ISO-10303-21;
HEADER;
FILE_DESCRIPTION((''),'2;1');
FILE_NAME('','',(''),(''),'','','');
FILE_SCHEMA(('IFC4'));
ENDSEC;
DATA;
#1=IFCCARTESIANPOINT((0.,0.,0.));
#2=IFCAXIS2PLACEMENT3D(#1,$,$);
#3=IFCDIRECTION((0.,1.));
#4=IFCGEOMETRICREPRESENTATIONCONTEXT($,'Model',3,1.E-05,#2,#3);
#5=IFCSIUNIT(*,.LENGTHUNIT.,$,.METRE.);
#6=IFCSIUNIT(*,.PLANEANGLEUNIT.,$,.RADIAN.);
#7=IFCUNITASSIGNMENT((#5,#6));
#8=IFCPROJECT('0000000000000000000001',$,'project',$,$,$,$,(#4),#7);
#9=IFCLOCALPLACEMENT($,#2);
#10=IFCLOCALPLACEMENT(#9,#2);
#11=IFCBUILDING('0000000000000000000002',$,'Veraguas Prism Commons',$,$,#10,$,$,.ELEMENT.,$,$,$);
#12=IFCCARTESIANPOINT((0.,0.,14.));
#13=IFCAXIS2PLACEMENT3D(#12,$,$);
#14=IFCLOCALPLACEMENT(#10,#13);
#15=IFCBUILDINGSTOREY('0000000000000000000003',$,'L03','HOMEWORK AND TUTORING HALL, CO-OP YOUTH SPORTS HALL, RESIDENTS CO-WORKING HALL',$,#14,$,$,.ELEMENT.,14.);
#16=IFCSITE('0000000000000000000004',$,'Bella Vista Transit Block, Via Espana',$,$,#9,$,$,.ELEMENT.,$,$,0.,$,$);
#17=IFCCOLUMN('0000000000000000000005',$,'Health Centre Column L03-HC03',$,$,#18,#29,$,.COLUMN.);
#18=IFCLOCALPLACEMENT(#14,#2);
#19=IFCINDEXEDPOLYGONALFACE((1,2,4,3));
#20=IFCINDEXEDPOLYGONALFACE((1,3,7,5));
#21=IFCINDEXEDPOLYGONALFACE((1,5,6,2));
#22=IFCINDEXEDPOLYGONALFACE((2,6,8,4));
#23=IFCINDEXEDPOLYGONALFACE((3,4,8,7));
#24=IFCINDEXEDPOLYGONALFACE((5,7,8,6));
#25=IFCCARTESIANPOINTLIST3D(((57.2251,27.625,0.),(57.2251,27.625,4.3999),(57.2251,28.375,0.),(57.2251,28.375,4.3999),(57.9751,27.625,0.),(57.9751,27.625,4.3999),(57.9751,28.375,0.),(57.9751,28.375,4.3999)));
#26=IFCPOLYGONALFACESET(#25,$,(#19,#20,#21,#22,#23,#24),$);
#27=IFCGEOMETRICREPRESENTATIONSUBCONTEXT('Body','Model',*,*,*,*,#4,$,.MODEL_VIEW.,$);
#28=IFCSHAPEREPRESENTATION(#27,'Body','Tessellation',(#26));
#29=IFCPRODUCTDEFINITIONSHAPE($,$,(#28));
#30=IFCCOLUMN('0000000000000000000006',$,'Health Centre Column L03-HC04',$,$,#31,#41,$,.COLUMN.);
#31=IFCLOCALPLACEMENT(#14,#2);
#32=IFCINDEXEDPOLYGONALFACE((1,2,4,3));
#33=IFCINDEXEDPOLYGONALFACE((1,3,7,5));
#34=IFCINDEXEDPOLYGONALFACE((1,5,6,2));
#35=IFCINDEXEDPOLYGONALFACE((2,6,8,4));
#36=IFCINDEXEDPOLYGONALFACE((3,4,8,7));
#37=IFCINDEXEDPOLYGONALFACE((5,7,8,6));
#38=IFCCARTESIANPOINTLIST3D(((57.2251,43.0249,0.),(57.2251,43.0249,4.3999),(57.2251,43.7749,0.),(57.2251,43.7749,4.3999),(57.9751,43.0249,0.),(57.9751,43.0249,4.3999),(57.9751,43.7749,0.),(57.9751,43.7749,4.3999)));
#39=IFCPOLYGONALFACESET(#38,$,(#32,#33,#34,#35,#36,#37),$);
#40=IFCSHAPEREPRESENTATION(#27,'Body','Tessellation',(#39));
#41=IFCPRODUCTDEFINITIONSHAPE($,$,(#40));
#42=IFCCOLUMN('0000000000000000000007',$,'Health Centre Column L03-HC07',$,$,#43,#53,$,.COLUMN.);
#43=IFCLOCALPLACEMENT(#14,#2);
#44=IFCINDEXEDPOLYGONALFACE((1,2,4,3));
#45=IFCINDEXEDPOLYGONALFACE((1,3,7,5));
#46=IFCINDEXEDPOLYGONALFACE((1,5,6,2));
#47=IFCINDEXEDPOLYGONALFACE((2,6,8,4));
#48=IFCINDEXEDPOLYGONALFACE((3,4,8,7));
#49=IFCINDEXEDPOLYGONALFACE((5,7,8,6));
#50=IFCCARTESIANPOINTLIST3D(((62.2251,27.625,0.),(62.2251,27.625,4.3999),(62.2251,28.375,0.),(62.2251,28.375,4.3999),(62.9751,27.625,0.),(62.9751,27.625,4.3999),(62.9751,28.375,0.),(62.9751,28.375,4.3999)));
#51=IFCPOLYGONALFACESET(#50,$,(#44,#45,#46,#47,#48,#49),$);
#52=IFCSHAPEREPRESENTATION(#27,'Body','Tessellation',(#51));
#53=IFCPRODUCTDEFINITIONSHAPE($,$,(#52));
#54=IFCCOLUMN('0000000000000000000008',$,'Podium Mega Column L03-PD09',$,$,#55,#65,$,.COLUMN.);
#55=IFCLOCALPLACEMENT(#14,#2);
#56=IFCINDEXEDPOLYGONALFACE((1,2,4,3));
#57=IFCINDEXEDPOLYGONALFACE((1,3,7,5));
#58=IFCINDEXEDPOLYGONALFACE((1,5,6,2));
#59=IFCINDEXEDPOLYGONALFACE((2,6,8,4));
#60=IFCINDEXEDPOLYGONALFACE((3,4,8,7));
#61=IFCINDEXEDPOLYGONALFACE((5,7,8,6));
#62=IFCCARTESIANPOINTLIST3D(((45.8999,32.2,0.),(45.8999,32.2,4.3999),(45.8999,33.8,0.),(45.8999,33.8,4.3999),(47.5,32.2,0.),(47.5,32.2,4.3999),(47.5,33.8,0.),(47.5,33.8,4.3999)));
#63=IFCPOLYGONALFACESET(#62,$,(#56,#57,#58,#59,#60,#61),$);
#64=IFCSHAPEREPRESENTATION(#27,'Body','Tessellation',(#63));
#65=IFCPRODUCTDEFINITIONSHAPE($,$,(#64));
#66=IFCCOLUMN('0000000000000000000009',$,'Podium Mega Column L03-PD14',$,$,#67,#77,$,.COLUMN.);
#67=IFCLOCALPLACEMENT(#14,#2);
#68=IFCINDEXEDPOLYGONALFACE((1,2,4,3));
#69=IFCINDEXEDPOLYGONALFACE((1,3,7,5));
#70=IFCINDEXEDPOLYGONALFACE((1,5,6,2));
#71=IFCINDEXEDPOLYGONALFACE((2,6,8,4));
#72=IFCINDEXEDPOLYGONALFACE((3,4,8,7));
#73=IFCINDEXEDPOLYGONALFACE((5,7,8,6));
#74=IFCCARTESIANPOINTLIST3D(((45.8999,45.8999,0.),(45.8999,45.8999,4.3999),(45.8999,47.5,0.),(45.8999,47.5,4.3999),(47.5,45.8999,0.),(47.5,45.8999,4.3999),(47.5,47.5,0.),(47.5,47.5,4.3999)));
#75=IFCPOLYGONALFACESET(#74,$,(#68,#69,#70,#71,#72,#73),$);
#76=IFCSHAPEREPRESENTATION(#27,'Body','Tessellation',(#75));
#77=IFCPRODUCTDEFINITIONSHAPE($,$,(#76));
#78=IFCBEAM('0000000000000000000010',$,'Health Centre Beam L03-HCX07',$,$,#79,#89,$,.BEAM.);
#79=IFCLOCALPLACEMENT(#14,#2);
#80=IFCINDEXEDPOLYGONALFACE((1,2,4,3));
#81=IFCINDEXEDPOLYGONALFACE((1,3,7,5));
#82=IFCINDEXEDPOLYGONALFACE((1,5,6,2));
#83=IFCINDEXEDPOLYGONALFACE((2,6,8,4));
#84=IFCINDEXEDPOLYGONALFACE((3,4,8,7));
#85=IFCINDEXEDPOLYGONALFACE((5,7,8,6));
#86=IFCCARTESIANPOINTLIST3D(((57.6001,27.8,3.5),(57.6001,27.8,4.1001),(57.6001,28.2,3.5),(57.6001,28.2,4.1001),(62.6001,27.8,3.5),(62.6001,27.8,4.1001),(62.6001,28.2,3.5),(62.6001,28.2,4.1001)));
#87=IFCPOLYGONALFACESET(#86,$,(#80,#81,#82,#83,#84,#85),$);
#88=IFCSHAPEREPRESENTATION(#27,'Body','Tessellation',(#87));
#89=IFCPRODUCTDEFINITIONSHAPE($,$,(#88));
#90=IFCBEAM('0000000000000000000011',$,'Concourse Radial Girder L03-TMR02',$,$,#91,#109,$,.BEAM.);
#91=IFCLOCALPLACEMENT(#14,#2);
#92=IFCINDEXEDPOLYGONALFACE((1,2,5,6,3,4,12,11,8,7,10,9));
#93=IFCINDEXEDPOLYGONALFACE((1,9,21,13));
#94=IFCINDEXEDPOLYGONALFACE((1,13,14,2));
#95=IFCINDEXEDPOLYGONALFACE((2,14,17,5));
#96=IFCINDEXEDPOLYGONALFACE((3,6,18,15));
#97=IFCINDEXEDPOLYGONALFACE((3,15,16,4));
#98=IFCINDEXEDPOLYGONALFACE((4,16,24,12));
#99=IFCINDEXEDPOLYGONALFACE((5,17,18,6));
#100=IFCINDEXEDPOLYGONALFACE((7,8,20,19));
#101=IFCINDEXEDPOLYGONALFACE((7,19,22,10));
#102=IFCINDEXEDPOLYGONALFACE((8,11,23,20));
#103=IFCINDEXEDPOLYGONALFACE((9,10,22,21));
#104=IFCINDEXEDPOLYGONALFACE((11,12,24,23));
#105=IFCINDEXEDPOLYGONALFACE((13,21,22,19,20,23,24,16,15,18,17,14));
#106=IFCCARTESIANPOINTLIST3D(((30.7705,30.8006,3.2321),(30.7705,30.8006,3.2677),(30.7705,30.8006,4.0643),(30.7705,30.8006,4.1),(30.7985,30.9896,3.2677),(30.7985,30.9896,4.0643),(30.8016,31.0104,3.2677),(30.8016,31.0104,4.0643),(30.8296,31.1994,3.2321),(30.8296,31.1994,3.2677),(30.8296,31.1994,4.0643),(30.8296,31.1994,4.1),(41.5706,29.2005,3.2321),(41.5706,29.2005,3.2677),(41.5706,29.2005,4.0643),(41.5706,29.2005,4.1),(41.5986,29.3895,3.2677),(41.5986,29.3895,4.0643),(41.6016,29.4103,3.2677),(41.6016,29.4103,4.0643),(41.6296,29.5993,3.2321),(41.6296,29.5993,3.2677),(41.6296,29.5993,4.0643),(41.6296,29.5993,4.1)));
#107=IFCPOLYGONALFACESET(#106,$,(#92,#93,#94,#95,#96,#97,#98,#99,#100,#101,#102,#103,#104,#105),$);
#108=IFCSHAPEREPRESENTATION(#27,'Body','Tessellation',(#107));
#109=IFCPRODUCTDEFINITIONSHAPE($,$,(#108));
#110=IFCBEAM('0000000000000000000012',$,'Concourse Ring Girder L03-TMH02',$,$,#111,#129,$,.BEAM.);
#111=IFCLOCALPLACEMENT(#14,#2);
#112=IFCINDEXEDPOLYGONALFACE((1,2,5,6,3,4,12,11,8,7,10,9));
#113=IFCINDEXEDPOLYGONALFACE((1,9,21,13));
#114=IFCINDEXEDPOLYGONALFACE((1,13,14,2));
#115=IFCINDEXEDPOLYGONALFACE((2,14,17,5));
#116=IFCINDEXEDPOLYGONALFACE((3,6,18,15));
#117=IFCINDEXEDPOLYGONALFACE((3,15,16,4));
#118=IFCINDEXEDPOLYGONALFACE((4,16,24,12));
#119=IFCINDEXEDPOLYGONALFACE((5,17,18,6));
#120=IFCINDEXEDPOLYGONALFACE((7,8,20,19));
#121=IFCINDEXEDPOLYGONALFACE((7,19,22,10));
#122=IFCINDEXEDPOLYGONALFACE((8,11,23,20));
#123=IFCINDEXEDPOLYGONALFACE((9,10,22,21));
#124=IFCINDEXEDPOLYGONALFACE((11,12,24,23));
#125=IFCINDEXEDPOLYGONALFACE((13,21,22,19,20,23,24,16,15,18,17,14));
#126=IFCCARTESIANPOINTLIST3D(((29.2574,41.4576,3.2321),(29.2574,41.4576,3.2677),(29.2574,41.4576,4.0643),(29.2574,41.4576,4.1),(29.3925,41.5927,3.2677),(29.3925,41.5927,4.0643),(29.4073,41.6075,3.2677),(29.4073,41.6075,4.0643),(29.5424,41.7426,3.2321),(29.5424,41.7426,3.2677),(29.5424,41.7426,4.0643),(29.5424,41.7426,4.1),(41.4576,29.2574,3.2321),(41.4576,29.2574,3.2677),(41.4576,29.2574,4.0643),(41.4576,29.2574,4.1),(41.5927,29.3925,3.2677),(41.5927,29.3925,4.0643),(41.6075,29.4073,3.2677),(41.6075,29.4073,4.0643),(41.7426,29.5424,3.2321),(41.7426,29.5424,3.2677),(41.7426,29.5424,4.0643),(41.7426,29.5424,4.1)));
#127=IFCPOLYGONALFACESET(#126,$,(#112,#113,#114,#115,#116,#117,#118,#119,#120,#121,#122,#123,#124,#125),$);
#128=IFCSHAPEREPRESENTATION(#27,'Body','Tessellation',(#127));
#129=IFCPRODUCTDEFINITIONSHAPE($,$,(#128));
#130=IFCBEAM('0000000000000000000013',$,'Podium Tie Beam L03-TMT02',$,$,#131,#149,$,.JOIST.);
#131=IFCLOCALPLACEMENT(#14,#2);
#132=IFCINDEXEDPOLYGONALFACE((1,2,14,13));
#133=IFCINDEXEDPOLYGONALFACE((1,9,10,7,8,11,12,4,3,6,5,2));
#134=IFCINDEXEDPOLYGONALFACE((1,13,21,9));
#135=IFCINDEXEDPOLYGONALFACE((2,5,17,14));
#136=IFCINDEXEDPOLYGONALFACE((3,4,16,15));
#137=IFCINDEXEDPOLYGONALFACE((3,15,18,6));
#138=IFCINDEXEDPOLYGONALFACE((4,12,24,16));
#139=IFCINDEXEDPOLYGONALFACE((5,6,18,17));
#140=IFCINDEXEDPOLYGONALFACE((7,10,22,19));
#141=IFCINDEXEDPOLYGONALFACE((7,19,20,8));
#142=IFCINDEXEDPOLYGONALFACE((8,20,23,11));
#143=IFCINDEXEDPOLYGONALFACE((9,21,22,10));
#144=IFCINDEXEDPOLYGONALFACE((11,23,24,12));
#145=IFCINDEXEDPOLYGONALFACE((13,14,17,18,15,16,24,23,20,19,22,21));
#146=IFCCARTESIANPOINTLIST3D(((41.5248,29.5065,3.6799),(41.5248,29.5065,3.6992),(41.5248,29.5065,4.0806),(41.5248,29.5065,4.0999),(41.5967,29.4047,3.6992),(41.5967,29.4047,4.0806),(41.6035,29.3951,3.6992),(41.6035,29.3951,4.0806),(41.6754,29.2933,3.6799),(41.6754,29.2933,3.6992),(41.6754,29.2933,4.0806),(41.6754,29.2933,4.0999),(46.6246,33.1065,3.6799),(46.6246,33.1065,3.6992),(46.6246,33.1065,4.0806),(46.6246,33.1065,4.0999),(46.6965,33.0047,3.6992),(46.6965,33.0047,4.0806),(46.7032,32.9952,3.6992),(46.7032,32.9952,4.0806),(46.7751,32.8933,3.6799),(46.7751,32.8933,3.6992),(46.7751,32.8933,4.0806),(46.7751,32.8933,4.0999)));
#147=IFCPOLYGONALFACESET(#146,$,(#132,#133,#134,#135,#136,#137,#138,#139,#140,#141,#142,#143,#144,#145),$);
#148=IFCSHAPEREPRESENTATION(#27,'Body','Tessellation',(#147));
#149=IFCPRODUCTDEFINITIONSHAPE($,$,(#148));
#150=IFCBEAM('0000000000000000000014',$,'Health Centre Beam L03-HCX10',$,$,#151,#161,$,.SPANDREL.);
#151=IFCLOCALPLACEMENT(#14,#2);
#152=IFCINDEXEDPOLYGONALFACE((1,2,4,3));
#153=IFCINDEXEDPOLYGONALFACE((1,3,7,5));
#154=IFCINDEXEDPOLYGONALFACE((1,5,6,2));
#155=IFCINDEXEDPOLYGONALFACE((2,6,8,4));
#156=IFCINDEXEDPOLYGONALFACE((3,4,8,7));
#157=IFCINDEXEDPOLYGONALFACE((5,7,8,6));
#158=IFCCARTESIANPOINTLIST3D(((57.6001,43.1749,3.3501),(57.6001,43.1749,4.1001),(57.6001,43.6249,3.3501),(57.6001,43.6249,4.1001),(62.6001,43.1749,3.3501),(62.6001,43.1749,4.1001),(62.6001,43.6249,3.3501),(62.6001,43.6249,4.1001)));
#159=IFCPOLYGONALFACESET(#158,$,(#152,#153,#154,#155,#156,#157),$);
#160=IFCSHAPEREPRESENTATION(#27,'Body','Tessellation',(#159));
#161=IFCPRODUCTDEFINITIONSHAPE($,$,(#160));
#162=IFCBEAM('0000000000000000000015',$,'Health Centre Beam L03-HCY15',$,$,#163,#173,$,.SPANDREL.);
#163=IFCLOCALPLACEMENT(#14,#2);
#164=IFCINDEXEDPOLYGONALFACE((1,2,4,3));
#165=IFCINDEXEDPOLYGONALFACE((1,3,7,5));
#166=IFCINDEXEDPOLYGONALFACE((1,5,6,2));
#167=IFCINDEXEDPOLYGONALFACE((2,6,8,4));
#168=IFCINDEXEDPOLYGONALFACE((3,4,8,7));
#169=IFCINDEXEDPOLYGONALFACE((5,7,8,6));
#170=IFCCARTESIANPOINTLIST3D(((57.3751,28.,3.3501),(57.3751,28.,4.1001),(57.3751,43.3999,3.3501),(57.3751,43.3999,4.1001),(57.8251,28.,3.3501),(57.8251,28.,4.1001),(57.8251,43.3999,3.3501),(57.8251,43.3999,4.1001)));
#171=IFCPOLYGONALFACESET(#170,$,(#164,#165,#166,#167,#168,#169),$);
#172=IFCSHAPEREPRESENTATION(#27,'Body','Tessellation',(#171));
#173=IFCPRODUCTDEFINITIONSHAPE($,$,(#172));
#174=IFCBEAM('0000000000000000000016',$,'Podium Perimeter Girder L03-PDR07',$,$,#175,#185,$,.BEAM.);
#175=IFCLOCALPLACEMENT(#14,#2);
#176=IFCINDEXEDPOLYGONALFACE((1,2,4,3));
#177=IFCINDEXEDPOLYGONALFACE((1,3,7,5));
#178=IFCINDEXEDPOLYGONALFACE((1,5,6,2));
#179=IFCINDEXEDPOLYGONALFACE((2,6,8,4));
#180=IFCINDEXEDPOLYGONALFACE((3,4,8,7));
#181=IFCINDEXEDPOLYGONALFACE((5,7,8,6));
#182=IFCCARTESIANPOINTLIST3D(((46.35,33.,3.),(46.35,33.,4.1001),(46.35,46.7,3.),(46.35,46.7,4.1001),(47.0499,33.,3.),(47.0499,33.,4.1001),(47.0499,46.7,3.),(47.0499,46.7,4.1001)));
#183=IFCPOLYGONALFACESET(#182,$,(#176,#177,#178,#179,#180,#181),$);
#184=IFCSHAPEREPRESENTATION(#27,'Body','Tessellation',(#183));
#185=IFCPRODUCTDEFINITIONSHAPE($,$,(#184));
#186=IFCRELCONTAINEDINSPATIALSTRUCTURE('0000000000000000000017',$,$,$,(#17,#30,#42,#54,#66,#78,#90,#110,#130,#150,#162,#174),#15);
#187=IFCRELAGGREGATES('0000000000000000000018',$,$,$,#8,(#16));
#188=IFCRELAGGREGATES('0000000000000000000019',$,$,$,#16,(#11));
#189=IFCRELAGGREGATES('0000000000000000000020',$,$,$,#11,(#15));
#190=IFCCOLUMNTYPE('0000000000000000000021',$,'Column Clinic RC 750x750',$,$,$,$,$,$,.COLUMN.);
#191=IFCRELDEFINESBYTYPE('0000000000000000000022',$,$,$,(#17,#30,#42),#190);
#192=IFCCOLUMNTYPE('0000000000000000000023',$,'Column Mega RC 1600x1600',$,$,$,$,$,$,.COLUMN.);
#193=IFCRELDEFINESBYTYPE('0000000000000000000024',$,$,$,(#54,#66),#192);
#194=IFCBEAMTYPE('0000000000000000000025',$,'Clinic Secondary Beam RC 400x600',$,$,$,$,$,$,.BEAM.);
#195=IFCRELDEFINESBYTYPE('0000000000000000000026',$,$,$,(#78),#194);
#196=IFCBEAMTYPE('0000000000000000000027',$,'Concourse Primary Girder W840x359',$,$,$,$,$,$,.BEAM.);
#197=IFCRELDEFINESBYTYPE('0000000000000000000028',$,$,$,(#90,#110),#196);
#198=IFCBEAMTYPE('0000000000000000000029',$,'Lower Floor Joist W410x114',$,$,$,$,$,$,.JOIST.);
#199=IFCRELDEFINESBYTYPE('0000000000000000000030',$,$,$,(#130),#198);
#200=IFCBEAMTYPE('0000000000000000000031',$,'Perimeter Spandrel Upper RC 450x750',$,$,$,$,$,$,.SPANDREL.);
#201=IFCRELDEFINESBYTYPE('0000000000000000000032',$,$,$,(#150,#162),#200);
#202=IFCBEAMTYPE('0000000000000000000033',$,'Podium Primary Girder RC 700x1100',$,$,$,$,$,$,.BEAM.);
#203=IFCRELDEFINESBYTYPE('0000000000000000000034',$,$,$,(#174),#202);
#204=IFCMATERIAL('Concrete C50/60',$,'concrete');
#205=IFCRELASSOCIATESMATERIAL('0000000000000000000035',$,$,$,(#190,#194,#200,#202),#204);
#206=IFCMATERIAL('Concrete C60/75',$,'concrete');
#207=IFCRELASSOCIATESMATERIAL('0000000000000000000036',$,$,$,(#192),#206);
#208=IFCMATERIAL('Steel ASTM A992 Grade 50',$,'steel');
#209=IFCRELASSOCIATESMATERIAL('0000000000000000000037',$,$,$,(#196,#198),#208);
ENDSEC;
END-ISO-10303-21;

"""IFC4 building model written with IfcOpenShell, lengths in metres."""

from ifc_helpers import new_model, si_unit, direction, frame, origin, origin_2d, place, context, subcontext, project, spatial, rectangle, i_section, extrude, material, material_profile, profile_set, type_object, element, save


model = new_model("IFC4")

# Units and contexts
model_context = context("Model", 3, precision=1e-05, world=origin(), true_north=direction((0.0, 1.0)))
body_context = subcontext(model_context, "Body", "Model", "MODEL_VIEW")
ifc_project = project(units=[si_unit("LENGTHUNIT", "METRE"), si_unit("PLANEANGLEUNIT", "RADIAN")], contexts=[model_context])

# Site, building, storey
site_placement = place(None, origin())
site = spatial("IfcSite", under=ifc_project, at=site_placement, Name="Bella Vista Transit Block, Via Espana", CompositionType="ELEMENT", RefElevation=0.0)
building_placement = place(site_placement, origin())
building = spatial("IfcBuilding", under=site, at=building_placement, Name="Veraguas Prism Commons", CompositionType="ELEMENT")
storey_placement = place(building_placement, frame((0.0, 0.0, 14.0)))
storey = spatial("IfcBuildingStorey", under=building, at=storey_placement, Name="L03", Description="HOMEWORK AND TUTORING HALL, CO-OP YOUTH SPORTS HALL, RESIDENTS CO-WORKING HALL", CompositionType="ELEMENT", Elevation=14.0)

# Columns
ifc_material_1 = material(Name="Concrete C50/60", Category="concrete")
ifc_material_profile_1 = material_profile(ifc_material_1, rectangle(XDim=0.75, YDim=0.75, at=origin_2d()), Name="RC750X750")
ifc_profile_set_1 = profile_set([ifc_material_profile_1], Name="Concrete C50/60")
column_type_1 = type_object("IfcColumnType", Name="Column Clinic RC 750x750", PredefinedType="COLUMN", material=ifc_profile_set_1)
for number, where, z_axis, x_axis, name in (
    (1, (57.6001, 28.0, 0.0), (0.0, 0.0, 1.0), (1.0, 0.0, 0.0), "Health Centre Column L03-HC03"),
    (2, (57.6001, 43.3999, 0.0), (0.0, 0.0, 1.0), (1.0, 0.0, 0.0), "Health Centre Column L03-HC04"),
    (3, (62.6001, 28.0, 0.0), (0.0, 0.0, 1.0), (1.0, 0.0, 0.0), "Health Centre Column L03-HC07"),
):
    element("IfcColumn", number, at=place(storey_placement, frame(where, z_axis=z_axis, x_axis=x_axis)), inside=storey, type_object=column_type_1, Name=name, PredefinedType="COLUMN", context=body_context, shape_type="SweptSolid", body=[
        extrude(rectangle(XDim=0.75, YDim=0.75, at=origin_2d()), origin(), (0.0, 0.0, 1.0), 4.3999),
    ])
ifc_material_2 = material(Name="Concrete C60/75", Category="concrete")
ifc_material_profile_2 = material_profile(ifc_material_2, rectangle(XDim=1.6001, YDim=1.6001, at=origin_2d()), Name="RC1600X1600")
ifc_profile_set_2 = profile_set([ifc_material_profile_2], Name="Concrete C60/75")
column_type_2 = type_object("IfcColumnType", Name="Column Mega RC 1600x1600", PredefinedType="COLUMN", material=ifc_profile_set_2)
for number, where, z_axis, x_axis, name in (
    (4, (46.7, 33.0, 0.0), (0.0, 0.0, 1.0), (1.0, 0.0, 0.0), "Podium Mega Column L03-PD09"),
    (5, (46.7, 46.7, 0.0), (0.0, 0.0, 1.0), (1.0, 0.0, 0.0), "Podium Mega Column L03-PD14"),
):
    element("IfcColumn", number, at=place(storey_placement, frame(where, z_axis=z_axis, x_axis=x_axis)), inside=storey, type_object=column_type_2, Name=name, PredefinedType="COLUMN", context=body_context, shape_type="SweptSolid", body=[
        extrude(rectangle(XDim=1.6001, YDim=1.6001, at=origin_2d()), origin(), (0.0, 0.0, 1.0), 4.3999),
    ])

# Beams
ifc_material_profile_3 = material_profile(ifc_material_1, rectangle(XDim=0.3999, YDim=0.6001, at=origin_2d()), Name="RC400X600")
ifc_profile_set_3 = profile_set([ifc_material_profile_3], Name="Concrete C50/60")
beam_type_1 = type_object("IfcBeamType", Name="Clinic Secondary Beam RC 400x600", PredefinedType="BEAM", material=ifc_profile_set_3)
beam_1_placement = place(storey_placement, frame((57.6001, 28.0, 3.8), z_axis=(1.0, 0.0, 0.0), x_axis=(0.0, 1.0, 0.0)))
element("IfcBeam", 6, at=beam_1_placement, inside=storey, type_object=beam_type_1, Name="Health Centre Beam L03-HCX07", PredefinedType="BEAM", context=body_context, shape_type="SweptSolid", body=[
    extrude(rectangle(XDim=0.3999, YDim=0.6001, at=origin_2d()), origin(), (0.0, 0.0, 1.0), 5.0),
])
ifc_material_3 = material(Name="Steel ASTM A992 Grade 50", Category="steel")
ifc_material_profile_4 = material_profile(ifc_material_3, i_section(OverallWidth=0.4031, OverallDepth=0.8679, WebThickness=0.021, FlangeThickness=0.0356, at=origin_2d()), Name="W840X359")
ifc_profile_set_4 = profile_set([ifc_material_profile_4], Name="Steel ASTM A992 Grade 50")
beam_type_2 = type_object("IfcBeamType", Name="Concourse Primary Girder W840x359", PredefinedType="BEAM", material=ifc_profile_set_4)
beam_2_placement = place(storey_placement, frame((41.6001, 29.3999, 3.666), z_axis=(-0.989202, 0.146557, 0.0), x_axis=(-0.146557, -0.989202, 0.0)))
element("IfcBeam", 7, at=beam_2_placement, inside=storey, type_object=beam_type_2, Name="Concourse Radial Girder L03-TMR02", PredefinedType="BEAM", context=body_context, shape_type="SweptSolid", body=[
    extrude(i_section(OverallWidth=0.4031, OverallDepth=0.8679, WebThickness=0.021, FlangeThickness=0.0356, at=origin_2d()), origin(), (0.0, 0.0, 1.0), 10.918),
])
beam_3_placement = place(storey_placement, frame((41.6001, 29.3999, 3.666), z_axis=(-0.707107, 0.707107, 0.0), x_axis=(-0.707107, -0.707107, 0.0)))
element("IfcBeam", 8, at=beam_3_placement, inside=storey, type_object=beam_type_2, Name="Concourse Ring Girder L03-TMH02", PredefinedType="BEAM", context=body_context, shape_type="SweptSolid", body=[
    extrude(i_section(OverallWidth=0.4031, OverallDepth=0.8679, WebThickness=0.021, FlangeThickness=0.0356, at=origin_2d()), origin(), (0.0, 0.0, 1.0), 17.2537),
])
ifc_material_profile_5 = material_profile(ifc_material_3, i_section(OverallWidth=0.261, OverallDepth=0.4199, WebThickness=0.0117, FlangeThickness=0.0193, at=origin_2d()), Name="W410X114")
ifc_profile_set_5 = profile_set([ifc_material_profile_5], Name="Steel ASTM A992 Grade 50")
beam_type_3 = type_object("IfcBeamType", Name="Lower Floor Joist W410x114", PredefinedType="JOIST", material=ifc_profile_set_5)
beam_4_placement = place(storey_placement, frame((41.6001, 29.3999, 3.8899), z_axis=(0.816953, 0.576705, 0.0), x_axis=(-0.576705, 0.816953, 0.0)))
element("IfcBeam", 9, at=beam_4_placement, inside=storey, type_object=beam_type_3, Name="Podium Tie Beam L03-TMT02", PredefinedType="JOIST", context=body_context, shape_type="SweptSolid", body=[
    extrude(i_section(OverallWidth=0.261, OverallDepth=0.4199, WebThickness=0.0117, FlangeThickness=0.0193, at=origin_2d()), origin(), (0.0, 0.0, 1.0), 6.2424),
])
ifc_material_profile_6 = material_profile(ifc_material_1, rectangle(XDim=0.45, YDim=0.75, at=origin_2d()), Name="RC450X750")
ifc_profile_set_6 = profile_set([ifc_material_profile_6], Name="Concrete C50/60")
beam_type_4 = type_object("IfcBeamType", Name="Perimeter Spandrel Upper RC 450x750", PredefinedType="SPANDREL", material=ifc_profile_set_6)
beam_5_placement = place(storey_placement, frame((57.6001, 43.3999, 3.7251), z_axis=(1.0, 0.0, 0.0), x_axis=(0.0, 1.0, 0.0)))
element("IfcBeam", 10, at=beam_5_placement, inside=storey, type_object=beam_type_4, Name="Health Centre Beam L03-HCX10", PredefinedType="SPANDREL", context=body_context, shape_type="SweptSolid", body=[
    extrude(rectangle(XDim=0.45, YDim=0.75, at=origin_2d()), origin(), (0.0, 0.0, 1.0), 5.0),
])
beam_6_placement = place(storey_placement, frame((57.6001, 28.0, 3.7251), z_axis=(0.0, 1.0, 0.0), x_axis=(-1.0, 0.0, 0.0)))
element("IfcBeam", 11, at=beam_6_placement, inside=storey, type_object=beam_type_4, Name="Health Centre Beam L03-HCY15", PredefinedType="SPANDREL", context=body_context, shape_type="SweptSolid", body=[
    extrude(rectangle(XDim=0.45, YDim=0.75, at=origin_2d()), origin(), (0.0, 0.0, 1.0), 15.3999),
])
ifc_material_profile_7 = material_profile(ifc_material_1, rectangle(XDim=0.7, YDim=1.1001, at=origin_2d()), Name="RC700X1100")
ifc_profile_set_7 = profile_set([ifc_material_profile_7], Name="Concrete C50/60")
beam_type_5 = type_object("IfcBeamType", Name="Podium Primary Girder RC 700x1100", PredefinedType="BEAM", material=ifc_profile_set_7)
beam_7_placement = place(storey_placement, frame((46.7, 33.0, 3.55), z_axis=(0.0, 1.0, 0.0), x_axis=(-1.0, 0.0, 0.0)))
element("IfcBeam", 12, at=beam_7_placement, inside=storey, type_object=beam_type_5, Name="Podium Perimeter Girder L03-PDR07", PredefinedType="BEAM", context=body_context, shape_type="SweptSolid", body=[
    extrude(rectangle(XDim=0.7, YDim=1.1001, at=origin_2d()), origin(), (0.0, 0.0, 1.0), 13.7),
])

save(model, "model.ifc")
